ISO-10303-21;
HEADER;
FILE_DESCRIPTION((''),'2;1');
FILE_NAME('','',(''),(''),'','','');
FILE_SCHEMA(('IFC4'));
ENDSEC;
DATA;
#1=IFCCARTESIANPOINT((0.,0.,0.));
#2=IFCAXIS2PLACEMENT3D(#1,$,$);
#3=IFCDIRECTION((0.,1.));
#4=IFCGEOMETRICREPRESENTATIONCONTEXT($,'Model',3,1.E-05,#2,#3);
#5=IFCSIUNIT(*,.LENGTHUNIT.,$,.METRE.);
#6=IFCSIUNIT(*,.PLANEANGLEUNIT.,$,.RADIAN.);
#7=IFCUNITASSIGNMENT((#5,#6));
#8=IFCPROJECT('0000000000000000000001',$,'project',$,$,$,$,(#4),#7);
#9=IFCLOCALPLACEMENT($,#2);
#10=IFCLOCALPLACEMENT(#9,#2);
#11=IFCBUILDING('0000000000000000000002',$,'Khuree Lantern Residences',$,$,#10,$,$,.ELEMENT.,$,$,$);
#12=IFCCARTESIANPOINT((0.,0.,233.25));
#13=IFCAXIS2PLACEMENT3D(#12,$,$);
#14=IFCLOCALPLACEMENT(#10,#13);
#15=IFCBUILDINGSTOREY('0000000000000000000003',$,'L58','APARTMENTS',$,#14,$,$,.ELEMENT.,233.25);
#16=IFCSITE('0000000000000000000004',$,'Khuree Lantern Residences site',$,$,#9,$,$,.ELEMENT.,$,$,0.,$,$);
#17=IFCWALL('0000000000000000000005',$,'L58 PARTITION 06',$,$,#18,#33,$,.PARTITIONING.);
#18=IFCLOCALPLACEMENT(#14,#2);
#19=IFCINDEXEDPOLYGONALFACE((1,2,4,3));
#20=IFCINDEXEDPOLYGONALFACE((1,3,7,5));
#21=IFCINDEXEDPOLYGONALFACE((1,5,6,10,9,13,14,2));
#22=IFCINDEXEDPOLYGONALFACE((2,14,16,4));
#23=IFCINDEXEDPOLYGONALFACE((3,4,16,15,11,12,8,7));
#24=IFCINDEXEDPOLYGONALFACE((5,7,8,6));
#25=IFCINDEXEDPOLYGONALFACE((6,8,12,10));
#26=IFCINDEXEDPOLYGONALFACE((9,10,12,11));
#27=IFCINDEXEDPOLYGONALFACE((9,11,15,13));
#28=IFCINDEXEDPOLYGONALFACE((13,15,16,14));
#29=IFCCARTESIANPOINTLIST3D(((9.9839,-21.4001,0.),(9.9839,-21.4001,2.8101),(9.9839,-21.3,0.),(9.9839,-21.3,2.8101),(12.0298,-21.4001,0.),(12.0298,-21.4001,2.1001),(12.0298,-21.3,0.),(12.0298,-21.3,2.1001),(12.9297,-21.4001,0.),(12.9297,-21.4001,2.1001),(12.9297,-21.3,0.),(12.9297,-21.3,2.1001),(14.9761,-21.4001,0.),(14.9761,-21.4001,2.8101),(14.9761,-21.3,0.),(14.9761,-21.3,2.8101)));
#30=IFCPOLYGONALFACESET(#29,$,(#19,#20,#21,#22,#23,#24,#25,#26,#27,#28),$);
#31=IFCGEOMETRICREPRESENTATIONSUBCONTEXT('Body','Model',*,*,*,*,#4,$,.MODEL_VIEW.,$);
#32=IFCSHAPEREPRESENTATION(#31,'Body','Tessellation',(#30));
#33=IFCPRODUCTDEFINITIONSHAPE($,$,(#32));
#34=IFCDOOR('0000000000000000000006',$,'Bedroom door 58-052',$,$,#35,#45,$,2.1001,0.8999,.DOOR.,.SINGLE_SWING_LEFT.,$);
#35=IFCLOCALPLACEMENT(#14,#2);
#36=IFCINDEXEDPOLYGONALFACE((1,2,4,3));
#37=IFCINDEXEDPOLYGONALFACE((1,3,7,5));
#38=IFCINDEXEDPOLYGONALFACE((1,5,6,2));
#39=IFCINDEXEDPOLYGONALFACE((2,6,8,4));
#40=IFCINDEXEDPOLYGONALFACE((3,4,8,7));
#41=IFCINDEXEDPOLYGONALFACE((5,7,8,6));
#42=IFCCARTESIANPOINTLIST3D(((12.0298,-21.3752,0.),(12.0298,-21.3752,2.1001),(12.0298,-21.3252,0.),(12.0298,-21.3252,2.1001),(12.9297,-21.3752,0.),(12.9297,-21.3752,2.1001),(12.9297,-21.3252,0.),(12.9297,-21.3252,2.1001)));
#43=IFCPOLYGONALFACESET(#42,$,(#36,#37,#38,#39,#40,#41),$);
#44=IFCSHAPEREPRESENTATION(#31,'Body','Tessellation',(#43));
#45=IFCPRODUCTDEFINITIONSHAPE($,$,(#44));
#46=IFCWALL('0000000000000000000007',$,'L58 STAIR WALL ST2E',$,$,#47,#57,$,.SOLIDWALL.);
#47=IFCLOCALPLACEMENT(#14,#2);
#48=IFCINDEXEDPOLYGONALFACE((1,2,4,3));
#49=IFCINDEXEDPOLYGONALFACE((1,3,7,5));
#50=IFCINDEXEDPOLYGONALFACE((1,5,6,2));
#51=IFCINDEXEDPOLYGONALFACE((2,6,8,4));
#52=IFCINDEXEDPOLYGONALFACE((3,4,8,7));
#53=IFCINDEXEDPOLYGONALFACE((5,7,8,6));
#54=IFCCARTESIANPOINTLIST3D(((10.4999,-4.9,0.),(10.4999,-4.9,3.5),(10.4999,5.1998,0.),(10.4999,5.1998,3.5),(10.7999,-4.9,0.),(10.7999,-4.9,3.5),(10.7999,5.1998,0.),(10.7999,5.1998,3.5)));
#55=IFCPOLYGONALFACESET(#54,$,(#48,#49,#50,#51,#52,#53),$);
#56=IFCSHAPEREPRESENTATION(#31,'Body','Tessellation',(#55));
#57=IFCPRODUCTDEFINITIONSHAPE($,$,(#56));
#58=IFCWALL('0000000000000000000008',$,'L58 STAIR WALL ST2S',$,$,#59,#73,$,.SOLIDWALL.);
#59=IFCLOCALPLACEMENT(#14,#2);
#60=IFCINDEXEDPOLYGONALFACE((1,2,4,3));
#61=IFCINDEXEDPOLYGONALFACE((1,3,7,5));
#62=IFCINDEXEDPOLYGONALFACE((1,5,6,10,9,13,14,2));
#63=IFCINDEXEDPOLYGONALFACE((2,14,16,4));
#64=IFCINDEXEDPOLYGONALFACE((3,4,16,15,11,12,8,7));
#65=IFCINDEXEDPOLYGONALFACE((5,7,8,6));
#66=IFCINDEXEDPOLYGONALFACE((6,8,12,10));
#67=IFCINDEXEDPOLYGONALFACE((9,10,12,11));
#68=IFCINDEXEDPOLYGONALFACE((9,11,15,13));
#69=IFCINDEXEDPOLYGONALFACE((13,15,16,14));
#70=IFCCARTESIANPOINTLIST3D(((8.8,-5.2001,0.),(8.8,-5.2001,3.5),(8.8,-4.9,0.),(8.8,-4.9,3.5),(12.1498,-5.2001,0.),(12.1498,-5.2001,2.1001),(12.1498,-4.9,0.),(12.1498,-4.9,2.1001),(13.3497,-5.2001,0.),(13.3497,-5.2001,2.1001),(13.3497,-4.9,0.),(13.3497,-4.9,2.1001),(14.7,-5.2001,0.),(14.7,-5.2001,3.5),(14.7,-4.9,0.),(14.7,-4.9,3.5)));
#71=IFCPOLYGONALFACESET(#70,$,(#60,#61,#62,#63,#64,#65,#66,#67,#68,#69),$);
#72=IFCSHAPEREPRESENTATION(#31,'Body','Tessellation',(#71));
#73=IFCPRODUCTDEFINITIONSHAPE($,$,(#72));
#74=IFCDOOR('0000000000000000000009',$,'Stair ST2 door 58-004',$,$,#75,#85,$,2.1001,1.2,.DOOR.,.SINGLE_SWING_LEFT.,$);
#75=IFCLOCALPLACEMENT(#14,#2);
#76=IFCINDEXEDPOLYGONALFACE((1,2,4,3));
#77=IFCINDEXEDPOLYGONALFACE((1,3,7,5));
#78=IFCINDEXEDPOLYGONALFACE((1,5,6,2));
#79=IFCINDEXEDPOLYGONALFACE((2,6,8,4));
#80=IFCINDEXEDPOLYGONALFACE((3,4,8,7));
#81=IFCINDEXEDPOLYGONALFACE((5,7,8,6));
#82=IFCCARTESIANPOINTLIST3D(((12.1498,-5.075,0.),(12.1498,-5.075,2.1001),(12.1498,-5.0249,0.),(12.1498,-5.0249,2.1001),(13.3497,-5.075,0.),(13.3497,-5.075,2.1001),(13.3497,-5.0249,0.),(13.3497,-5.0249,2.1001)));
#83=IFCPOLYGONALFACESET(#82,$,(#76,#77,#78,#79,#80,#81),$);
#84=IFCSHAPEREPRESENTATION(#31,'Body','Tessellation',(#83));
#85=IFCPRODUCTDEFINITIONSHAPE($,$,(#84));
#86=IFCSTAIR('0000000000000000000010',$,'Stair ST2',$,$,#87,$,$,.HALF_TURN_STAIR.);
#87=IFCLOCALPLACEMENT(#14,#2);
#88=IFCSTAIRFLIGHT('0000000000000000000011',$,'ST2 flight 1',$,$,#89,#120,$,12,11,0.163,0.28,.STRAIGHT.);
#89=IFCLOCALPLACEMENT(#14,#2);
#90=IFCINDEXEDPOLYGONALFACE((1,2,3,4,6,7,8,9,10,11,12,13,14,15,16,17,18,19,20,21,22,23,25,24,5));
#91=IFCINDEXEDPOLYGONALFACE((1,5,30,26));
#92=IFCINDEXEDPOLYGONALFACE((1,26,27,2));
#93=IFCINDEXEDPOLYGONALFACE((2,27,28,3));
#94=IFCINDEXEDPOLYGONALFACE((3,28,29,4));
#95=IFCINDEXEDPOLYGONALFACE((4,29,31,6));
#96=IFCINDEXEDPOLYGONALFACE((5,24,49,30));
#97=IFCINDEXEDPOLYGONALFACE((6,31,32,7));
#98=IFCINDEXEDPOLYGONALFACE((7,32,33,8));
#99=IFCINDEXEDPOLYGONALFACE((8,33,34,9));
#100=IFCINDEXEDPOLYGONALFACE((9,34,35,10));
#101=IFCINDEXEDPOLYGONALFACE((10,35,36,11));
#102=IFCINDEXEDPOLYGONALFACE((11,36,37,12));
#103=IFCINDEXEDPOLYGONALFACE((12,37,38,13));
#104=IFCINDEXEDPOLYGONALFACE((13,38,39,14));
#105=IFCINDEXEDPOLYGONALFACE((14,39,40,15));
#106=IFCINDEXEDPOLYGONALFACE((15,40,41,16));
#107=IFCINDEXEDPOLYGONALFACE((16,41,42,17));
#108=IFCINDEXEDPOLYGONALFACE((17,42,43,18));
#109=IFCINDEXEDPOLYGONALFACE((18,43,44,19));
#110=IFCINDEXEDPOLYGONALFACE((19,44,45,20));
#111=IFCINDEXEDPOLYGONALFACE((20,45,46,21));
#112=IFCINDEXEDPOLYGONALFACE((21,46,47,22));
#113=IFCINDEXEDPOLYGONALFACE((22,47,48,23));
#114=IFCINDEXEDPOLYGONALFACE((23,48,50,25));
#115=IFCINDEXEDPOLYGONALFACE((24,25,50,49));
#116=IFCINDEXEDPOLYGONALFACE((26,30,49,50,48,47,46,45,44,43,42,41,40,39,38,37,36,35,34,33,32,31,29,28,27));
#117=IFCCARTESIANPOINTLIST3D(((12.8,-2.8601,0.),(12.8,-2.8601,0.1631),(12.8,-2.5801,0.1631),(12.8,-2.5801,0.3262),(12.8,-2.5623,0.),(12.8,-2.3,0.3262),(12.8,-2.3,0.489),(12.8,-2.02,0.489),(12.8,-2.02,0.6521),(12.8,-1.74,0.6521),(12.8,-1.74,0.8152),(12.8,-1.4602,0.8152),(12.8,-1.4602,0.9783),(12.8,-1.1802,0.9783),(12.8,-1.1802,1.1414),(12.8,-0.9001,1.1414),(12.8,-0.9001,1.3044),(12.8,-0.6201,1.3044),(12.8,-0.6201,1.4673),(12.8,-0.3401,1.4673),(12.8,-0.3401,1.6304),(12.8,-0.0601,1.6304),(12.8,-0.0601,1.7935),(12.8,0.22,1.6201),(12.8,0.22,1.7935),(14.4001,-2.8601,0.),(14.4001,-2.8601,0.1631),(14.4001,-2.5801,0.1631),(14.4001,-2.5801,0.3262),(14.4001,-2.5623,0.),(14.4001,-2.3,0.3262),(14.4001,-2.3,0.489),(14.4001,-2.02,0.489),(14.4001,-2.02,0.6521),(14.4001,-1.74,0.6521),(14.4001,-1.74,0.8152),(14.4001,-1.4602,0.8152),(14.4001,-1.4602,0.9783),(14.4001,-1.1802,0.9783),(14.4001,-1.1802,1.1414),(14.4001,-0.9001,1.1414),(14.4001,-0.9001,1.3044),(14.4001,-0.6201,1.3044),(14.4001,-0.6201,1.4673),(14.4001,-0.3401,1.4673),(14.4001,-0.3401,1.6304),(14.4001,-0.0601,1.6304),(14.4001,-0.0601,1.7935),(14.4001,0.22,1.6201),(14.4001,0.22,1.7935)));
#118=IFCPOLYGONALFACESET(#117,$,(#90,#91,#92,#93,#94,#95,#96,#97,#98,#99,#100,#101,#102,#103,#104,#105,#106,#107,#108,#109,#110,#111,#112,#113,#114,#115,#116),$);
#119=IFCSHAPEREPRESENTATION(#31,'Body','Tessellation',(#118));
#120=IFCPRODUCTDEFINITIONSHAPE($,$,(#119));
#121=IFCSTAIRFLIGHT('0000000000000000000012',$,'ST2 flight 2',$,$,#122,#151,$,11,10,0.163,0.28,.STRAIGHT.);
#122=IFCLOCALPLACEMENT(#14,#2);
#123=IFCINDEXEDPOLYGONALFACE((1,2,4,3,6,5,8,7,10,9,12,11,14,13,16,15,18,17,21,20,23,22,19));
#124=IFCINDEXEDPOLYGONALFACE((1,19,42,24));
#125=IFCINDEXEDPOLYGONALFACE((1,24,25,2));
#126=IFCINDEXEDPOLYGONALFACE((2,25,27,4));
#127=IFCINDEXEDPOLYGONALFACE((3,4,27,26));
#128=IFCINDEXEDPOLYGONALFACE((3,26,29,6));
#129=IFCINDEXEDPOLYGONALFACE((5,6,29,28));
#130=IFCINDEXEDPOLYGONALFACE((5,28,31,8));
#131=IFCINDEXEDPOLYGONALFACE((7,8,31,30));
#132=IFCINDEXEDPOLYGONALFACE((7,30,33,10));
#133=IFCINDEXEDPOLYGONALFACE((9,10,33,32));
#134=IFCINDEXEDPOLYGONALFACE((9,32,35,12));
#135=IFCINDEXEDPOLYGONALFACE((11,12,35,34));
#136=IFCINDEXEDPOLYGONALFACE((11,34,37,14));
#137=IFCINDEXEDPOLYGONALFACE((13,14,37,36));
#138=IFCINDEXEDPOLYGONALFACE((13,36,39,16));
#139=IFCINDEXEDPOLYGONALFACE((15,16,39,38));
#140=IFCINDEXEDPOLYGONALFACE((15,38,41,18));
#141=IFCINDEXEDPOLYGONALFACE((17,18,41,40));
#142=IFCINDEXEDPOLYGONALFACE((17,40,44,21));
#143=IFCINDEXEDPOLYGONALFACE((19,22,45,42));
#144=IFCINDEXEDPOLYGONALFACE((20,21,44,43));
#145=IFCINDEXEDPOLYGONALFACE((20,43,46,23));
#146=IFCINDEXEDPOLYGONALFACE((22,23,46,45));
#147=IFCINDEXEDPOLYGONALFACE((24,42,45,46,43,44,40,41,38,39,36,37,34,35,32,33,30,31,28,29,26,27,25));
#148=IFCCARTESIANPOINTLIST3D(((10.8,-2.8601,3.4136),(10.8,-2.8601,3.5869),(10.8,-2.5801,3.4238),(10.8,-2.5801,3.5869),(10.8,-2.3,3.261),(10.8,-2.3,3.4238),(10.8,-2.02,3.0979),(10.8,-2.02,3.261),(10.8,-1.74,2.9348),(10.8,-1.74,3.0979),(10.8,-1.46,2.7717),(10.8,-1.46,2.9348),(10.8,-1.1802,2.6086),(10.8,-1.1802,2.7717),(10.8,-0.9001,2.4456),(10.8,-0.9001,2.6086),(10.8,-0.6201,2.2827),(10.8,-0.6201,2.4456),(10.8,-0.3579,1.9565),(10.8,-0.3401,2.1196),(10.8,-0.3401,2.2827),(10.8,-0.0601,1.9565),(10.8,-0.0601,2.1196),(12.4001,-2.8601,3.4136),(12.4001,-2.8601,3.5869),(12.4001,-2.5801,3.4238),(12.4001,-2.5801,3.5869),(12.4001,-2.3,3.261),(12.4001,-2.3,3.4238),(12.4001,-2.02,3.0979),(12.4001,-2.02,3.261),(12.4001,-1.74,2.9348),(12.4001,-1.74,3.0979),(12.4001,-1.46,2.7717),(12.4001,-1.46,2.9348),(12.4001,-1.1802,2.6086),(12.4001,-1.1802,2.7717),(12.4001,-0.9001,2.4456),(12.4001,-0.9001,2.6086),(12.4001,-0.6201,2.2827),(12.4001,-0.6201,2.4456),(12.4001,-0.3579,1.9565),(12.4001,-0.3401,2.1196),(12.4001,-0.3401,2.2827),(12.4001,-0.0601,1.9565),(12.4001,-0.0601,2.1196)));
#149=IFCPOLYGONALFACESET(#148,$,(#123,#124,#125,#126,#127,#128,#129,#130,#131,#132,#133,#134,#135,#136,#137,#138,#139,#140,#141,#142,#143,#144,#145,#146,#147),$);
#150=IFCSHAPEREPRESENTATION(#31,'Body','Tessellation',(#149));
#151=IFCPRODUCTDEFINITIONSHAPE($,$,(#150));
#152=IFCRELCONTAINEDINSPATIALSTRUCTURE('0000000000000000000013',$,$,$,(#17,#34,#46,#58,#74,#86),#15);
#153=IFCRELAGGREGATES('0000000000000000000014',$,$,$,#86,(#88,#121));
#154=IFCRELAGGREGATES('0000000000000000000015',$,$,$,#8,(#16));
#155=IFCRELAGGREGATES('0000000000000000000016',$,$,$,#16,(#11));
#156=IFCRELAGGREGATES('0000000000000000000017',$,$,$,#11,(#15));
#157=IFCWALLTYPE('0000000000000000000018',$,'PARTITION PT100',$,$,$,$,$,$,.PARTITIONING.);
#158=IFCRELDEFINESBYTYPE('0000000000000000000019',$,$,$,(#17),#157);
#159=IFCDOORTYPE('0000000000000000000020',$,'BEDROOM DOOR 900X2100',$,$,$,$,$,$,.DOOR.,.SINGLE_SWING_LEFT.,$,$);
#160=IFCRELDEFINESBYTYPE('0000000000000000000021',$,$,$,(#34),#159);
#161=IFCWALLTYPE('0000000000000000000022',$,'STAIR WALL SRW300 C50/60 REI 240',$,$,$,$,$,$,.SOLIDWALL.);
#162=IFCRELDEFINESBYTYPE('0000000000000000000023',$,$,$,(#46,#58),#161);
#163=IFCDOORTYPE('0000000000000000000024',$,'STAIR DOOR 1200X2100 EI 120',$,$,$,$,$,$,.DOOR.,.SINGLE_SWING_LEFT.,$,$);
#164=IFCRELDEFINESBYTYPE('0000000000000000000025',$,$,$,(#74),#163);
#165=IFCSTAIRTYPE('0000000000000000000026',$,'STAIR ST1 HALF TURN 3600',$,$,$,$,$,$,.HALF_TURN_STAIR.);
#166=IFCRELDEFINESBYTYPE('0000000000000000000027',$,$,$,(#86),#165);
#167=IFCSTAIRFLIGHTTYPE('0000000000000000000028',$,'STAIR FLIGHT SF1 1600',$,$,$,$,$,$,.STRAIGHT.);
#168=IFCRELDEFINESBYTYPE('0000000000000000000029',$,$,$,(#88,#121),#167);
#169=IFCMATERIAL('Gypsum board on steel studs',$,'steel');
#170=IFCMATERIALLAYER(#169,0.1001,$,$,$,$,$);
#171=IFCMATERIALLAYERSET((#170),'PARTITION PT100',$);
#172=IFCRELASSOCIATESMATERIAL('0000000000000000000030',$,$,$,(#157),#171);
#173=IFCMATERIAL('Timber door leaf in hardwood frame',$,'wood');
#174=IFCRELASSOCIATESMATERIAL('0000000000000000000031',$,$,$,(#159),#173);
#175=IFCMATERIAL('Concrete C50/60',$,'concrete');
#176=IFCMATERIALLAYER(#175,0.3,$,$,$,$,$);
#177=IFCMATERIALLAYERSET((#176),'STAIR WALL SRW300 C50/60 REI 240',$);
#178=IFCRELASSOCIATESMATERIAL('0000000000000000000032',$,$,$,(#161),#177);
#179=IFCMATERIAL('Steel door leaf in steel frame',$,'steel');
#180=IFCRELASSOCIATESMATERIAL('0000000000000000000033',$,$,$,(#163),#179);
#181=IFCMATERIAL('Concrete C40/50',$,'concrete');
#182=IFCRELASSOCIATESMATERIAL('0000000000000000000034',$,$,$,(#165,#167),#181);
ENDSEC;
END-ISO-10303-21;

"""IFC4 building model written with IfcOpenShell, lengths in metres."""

from ifc_helpers import new_model, si_unit, direction, frame, frame_2d, origin, place, context, subcontext, project, spatial, polyline, rectangle, outline, extrude, material, layer, layer_set, type_object, element, fill, aggregate, save


model = new_model("IFC4")

# Units and contexts
model_context = context("Model", 3, precision=1e-05, world=origin(), true_north=direction((0.0, 1.0)))
body_context = subcontext(model_context, "Body", "Model", "MODEL_VIEW")
ifc_project = project(units=[si_unit("LENGTHUNIT", "METRE"), si_unit("PLANEANGLEUNIT", "RADIAN")], contexts=[model_context])

# Site, building, storey
site_placement = place(None, origin())
site = spatial("IfcSite", under=ifc_project, at=site_placement, Name="Khuree Lantern Residences site", CompositionType="ELEMENT", RefElevation=0.0)
building_placement = place(site_placement, origin())
building = spatial("IfcBuilding", under=site, at=building_placement, Name="Khuree Lantern Residences", CompositionType="ELEMENT")
storey_placement = place(building_placement, frame((0.0, 0.0, 233.25)))
storey = spatial("IfcBuildingStorey", under=building, at=storey_placement, Name="L58", Description="APARTMENTS", CompositionType="ELEMENT", Elevation=233.25)

# Shared definitions
ifc_material_1 = material(Name="Concrete C50/60", Category="concrete")

# Shared definitions
ifc_material_2 = material(Name="Timber door leaf in hardwood frame", Category="wood")

# Shared definitions
ifc_material_3 = material(Name="Gypsum board on steel studs", Category="steel")

# Shared definitions
ifc_material_4 = material(Name="Steel door leaf in steel frame", Category="steel")

# Shared definitions
ifc_layer_1 = layer(ifc_material_3, 0.1001)
ifc_layer_set_1 = layer_set([ifc_layer_1], Name="PARTITION PT100")
wall_type_1 = type_object("IfcWallType", Name="PARTITION PT100", PredefinedType="PARTITIONING", material=ifc_layer_set_1)

# Wall, opening, door
wall_1_placement = place(storey_placement, frame((9.9839, -21.3501, 0.0), z_axis=(0.0, 0.0, 1.0), x_axis=(1.0, 0.0, 0.0)))
wall_1 = element("IfcWall", 1, at=wall_1_placement, inside=storey, type_object=wall_type_1, Name="L58 PARTITION 06", PredefinedType="PARTITIONING", context=body_context, shape_type="SweptSolid", body=[
    extrude(rectangle(XDim=4.9922, YDim=0.1001, at=frame_2d((2.4961, 0.0))), origin(), (0.0, 0.0, 1.0), 2.8101),
])
opening_1_placement = place(wall_1_placement, frame((2.0459, 0.0, 0.0)))
opening_1 = element("IfcOpeningElement", 2, at=opening_1_placement, cuts=wall_1, PredefinedType="OPENING", context=body_context, shape_type="SweptSolid", body=[
    extrude(rectangle(XDim=0.8999, YDim=2.1001, at=frame_2d((0.45, 1.05))), frame((0.0, 0.0601, 0.0), z_axis=(0.0, -1.0, 0.0), x_axis=(1.0, 0.0, 0.0)), (0.0, 0.0, 1.0), 0.1201),
])
door_type_1 = type_object("IfcDoorType", Name="BEDROOM DOOR 900X2100", OperationType="SINGLE_SWING_LEFT", PredefinedType="DOOR", material=ifc_material_2)
door_1_placement = place(opening_1_placement, origin())
door_1 = element("IfcDoor", 3, at=door_1_placement, inside=storey, type_object=door_type_1, Name="Bedroom door 58-052", OperationType="SINGLE_SWING_LEFT", OverallHeight=2.1001, OverallWidth=0.8999, PredefinedType="DOOR", context=body_context, shape_type="SweptSolid", body=[
    extrude(rectangle(XDim=0.8999, YDim=2.1001, at=frame_2d((0.45, 1.05))), frame((0.0, 0.0249, 0.0), z_axis=(0.0, -1.0, 0.0), x_axis=(1.0, 0.0, 0.0)), (0.0, 0.0, 1.0), 0.05),
])
fill(opening_1, door_1)

# Wall
ifc_layer_2 = layer(ifc_material_1, 0.3)
ifc_layer_set_2 = layer_set([ifc_layer_2], Name="STAIR WALL SRW300 C50/60 REI 240")
wall_type_2 = type_object("IfcWallType", Name="STAIR WALL SRW300 C50/60 REI 240", PredefinedType="SOLIDWALL", material=ifc_layer_set_2)
wall_2_placement = place(storey_placement, frame((10.6499, -4.8999, 0.0), z_axis=(0.0, 0.0, 1.0), x_axis=(0.0, 1.0, 0.0)))
element("IfcWall", 4, at=wall_2_placement, inside=storey, type_object=wall_type_2, Name="L58 STAIR WALL ST2E", PredefinedType="SOLIDWALL", context=body_context, shape_type="SweptSolid", body=[
    extrude(rectangle(XDim=10.0999, YDim=0.3, at=frame_2d((5.0498, 0.0))), origin(), (0.0, 0.0, 1.0), 3.5),
])

# Wall, opening, door
wall_3_placement = place(storey_placement, frame((14.7, -5.05, 0.0), z_axis=(0.0, 0.0, 1.0), x_axis=(-1.0, 0.0, 0.0)))
wall_3 = element("IfcWall", 5, at=wall_3_placement, inside=storey, type_object=wall_type_2, Name="L58 STAIR WALL ST2S", PredefinedType="SOLIDWALL", context=body_context, shape_type="SweptSolid", body=[
    extrude(rectangle(XDim=5.8999, YDim=0.3, at=frame_2d((2.95, 0.0))), origin(), (0.0, 0.0, 1.0), 3.5),
])
opening_2_placement = place(wall_3_placement, frame((1.3501, 0.0, 0.0)))
opening_2 = element("IfcOpeningElement", 6, at=opening_2_placement, cuts=wall_3, PredefinedType="OPENING", context=body_context, shape_type="SweptSolid", body=[
    extrude(rectangle(XDim=1.2, YDim=2.1001, at=frame_2d((0.6001, 1.05))), frame((0.0, 0.1602, 0.0), z_axis=(0.0, -1.0, 0.0), x_axis=(1.0, 0.0, 0.0)), (0.0, 0.0, 1.0), 0.3201),
])
door_type_2 = type_object("IfcDoorType", Name="STAIR DOOR 1200X2100 EI 120", OperationType="SINGLE_SWING_LEFT", PredefinedType="DOOR", material=ifc_material_4)
door_2_placement = place(opening_2_placement, origin())
door_2 = element("IfcDoor", 7, at=door_2_placement, inside=storey, type_object=door_type_2, Name="Stair ST2 door 58-004", OperationType="SINGLE_SWING_LEFT", OverallHeight=2.1001, OverallWidth=1.2, PredefinedType="DOOR", context=body_context, shape_type="SweptSolid", body=[
    extrude(rectangle(XDim=1.2, YDim=2.1001, at=frame_2d((0.6001, 1.05))), frame((0.0, 0.0249, 0.0), z_axis=(0.0, -1.0, 0.0), x_axis=(1.0, 0.0, 0.0)), (0.0, 0.0, 1.0), 0.05),
])
fill(opening_2, door_2)

# Stair, stair flights
ifc_material_5 = material(Name="Concrete C40/50", Category="concrete")
stair_type = type_object("IfcStairType", Name="STAIR ST1 HALF TURN 3600", PredefinedType="HALF_TURN_STAIR", material=ifc_material_5)
stair_placement = place(storey_placement, origin())
stair = element("IfcStair", 8, at=stair_placement, inside=storey, type_object=stair_type, Name="Stair ST2", PredefinedType="HALF_TURN_STAIR")
stair_flight_type = type_object("IfcStairFlightType", Name="STAIR FLIGHT SF1 1600", PredefinedType="STRAIGHT", material=ifc_material_5)
stair_flight_1_placement = place(storey_placement, frame((13.6001, -2.8601, 0.0), z_axis=(0.0, 0.0, 1.0), x_axis=(0.0, 1.0, 0.0)))
stair_flight_1 = element("IfcStairFlight", 9, at=stair_flight_1_placement, type_object=stair_flight_type, Name="ST2 flight 1", NumberOfRisers=12, NumberOfTreads=11, PredefinedType="STRAIGHT", RiserHeight=0.163, TreadLength=0.28, context=body_context, shape_type="SweptSolid", body=[
    extrude(outline(polyline([(0.0, 0.0), (0.0, 0.1631), (0.28, 0.1631), (0.28, 0.3262), (0.5601, 0.3262), (0.5601, 0.489), (0.8401, 0.489), (0.8401, 0.6521), (1.1201, 0.6521), (1.1201, 0.8152), (1.3999, 0.8152), (1.3999, 0.9783), (1.6799, 0.9783), (1.6799, 1.1414), (1.96, 1.1414), (1.96, 1.3044), (2.24, 1.3044), (2.24, 1.4673), (2.52, 1.4673), (2.52, 1.6304), (2.8, 1.6304), (2.8, 1.7935), (3.0801, 1.7935), (3.0801, 1.9565), (3.0801, 1.6201), (0.2979, 0.0), (0.0, 0.0)])), frame((0.0, 0.8, 0.0), z_axis=(0.0, -1.0, 0.0), x_axis=(1.0, 0.0, 0.0)), (0.0, 0.0, 1.0), 1.6001),
])
stair_flight_2_placement = place(storey_placement, frame((11.6001, -0.0601, 1.9565), z_axis=(0.0, 0.0, 1.0), x_axis=(0.0, -1.0, 0.0)))
stair_flight_2 = element("IfcStairFlight", 10, at=stair_flight_2_placement, type_object=stair_flight_type, Name="ST2 flight 2", NumberOfRisers=11, NumberOfTreads=10, PredefinedType="STRAIGHT", RiserHeight=0.163, TreadLength=0.28, context=body_context, shape_type="SweptSolid", body=[
    extrude(outline(polyline([(0.0, 0.0), (0.0, 0.1631), (0.28, 0.1631), (0.28, 0.3262), (0.5601, 0.3262), (0.5601, 0.489), (0.8401, 0.489), (0.8401, 0.6521), (1.1201, 0.6521), (1.1201, 0.8152), (1.3999, 0.8152), (1.3999, 0.9783), (1.6799, 0.9783), (1.6799, 1.1414), (1.96, 1.1414), (1.96, 1.3044), (2.24, 1.3044), (2.24, 1.4673), (2.52, 1.4673), (2.52, 1.6304), (2.8, 1.6304), (2.8, 1.7935), (2.8, 1.457), (0.2979, 0.0), (0.0, 0.0)])), frame((0.0, 0.8, 0.0), z_axis=(0.0, -1.0, 0.0), x_axis=(1.0, 0.0, 0.0)), (0.0, 0.0, 1.0), 1.6001),
])
aggregate(stair, [stair_flight_1, stair_flight_2])

save(model, "model.ifc")
